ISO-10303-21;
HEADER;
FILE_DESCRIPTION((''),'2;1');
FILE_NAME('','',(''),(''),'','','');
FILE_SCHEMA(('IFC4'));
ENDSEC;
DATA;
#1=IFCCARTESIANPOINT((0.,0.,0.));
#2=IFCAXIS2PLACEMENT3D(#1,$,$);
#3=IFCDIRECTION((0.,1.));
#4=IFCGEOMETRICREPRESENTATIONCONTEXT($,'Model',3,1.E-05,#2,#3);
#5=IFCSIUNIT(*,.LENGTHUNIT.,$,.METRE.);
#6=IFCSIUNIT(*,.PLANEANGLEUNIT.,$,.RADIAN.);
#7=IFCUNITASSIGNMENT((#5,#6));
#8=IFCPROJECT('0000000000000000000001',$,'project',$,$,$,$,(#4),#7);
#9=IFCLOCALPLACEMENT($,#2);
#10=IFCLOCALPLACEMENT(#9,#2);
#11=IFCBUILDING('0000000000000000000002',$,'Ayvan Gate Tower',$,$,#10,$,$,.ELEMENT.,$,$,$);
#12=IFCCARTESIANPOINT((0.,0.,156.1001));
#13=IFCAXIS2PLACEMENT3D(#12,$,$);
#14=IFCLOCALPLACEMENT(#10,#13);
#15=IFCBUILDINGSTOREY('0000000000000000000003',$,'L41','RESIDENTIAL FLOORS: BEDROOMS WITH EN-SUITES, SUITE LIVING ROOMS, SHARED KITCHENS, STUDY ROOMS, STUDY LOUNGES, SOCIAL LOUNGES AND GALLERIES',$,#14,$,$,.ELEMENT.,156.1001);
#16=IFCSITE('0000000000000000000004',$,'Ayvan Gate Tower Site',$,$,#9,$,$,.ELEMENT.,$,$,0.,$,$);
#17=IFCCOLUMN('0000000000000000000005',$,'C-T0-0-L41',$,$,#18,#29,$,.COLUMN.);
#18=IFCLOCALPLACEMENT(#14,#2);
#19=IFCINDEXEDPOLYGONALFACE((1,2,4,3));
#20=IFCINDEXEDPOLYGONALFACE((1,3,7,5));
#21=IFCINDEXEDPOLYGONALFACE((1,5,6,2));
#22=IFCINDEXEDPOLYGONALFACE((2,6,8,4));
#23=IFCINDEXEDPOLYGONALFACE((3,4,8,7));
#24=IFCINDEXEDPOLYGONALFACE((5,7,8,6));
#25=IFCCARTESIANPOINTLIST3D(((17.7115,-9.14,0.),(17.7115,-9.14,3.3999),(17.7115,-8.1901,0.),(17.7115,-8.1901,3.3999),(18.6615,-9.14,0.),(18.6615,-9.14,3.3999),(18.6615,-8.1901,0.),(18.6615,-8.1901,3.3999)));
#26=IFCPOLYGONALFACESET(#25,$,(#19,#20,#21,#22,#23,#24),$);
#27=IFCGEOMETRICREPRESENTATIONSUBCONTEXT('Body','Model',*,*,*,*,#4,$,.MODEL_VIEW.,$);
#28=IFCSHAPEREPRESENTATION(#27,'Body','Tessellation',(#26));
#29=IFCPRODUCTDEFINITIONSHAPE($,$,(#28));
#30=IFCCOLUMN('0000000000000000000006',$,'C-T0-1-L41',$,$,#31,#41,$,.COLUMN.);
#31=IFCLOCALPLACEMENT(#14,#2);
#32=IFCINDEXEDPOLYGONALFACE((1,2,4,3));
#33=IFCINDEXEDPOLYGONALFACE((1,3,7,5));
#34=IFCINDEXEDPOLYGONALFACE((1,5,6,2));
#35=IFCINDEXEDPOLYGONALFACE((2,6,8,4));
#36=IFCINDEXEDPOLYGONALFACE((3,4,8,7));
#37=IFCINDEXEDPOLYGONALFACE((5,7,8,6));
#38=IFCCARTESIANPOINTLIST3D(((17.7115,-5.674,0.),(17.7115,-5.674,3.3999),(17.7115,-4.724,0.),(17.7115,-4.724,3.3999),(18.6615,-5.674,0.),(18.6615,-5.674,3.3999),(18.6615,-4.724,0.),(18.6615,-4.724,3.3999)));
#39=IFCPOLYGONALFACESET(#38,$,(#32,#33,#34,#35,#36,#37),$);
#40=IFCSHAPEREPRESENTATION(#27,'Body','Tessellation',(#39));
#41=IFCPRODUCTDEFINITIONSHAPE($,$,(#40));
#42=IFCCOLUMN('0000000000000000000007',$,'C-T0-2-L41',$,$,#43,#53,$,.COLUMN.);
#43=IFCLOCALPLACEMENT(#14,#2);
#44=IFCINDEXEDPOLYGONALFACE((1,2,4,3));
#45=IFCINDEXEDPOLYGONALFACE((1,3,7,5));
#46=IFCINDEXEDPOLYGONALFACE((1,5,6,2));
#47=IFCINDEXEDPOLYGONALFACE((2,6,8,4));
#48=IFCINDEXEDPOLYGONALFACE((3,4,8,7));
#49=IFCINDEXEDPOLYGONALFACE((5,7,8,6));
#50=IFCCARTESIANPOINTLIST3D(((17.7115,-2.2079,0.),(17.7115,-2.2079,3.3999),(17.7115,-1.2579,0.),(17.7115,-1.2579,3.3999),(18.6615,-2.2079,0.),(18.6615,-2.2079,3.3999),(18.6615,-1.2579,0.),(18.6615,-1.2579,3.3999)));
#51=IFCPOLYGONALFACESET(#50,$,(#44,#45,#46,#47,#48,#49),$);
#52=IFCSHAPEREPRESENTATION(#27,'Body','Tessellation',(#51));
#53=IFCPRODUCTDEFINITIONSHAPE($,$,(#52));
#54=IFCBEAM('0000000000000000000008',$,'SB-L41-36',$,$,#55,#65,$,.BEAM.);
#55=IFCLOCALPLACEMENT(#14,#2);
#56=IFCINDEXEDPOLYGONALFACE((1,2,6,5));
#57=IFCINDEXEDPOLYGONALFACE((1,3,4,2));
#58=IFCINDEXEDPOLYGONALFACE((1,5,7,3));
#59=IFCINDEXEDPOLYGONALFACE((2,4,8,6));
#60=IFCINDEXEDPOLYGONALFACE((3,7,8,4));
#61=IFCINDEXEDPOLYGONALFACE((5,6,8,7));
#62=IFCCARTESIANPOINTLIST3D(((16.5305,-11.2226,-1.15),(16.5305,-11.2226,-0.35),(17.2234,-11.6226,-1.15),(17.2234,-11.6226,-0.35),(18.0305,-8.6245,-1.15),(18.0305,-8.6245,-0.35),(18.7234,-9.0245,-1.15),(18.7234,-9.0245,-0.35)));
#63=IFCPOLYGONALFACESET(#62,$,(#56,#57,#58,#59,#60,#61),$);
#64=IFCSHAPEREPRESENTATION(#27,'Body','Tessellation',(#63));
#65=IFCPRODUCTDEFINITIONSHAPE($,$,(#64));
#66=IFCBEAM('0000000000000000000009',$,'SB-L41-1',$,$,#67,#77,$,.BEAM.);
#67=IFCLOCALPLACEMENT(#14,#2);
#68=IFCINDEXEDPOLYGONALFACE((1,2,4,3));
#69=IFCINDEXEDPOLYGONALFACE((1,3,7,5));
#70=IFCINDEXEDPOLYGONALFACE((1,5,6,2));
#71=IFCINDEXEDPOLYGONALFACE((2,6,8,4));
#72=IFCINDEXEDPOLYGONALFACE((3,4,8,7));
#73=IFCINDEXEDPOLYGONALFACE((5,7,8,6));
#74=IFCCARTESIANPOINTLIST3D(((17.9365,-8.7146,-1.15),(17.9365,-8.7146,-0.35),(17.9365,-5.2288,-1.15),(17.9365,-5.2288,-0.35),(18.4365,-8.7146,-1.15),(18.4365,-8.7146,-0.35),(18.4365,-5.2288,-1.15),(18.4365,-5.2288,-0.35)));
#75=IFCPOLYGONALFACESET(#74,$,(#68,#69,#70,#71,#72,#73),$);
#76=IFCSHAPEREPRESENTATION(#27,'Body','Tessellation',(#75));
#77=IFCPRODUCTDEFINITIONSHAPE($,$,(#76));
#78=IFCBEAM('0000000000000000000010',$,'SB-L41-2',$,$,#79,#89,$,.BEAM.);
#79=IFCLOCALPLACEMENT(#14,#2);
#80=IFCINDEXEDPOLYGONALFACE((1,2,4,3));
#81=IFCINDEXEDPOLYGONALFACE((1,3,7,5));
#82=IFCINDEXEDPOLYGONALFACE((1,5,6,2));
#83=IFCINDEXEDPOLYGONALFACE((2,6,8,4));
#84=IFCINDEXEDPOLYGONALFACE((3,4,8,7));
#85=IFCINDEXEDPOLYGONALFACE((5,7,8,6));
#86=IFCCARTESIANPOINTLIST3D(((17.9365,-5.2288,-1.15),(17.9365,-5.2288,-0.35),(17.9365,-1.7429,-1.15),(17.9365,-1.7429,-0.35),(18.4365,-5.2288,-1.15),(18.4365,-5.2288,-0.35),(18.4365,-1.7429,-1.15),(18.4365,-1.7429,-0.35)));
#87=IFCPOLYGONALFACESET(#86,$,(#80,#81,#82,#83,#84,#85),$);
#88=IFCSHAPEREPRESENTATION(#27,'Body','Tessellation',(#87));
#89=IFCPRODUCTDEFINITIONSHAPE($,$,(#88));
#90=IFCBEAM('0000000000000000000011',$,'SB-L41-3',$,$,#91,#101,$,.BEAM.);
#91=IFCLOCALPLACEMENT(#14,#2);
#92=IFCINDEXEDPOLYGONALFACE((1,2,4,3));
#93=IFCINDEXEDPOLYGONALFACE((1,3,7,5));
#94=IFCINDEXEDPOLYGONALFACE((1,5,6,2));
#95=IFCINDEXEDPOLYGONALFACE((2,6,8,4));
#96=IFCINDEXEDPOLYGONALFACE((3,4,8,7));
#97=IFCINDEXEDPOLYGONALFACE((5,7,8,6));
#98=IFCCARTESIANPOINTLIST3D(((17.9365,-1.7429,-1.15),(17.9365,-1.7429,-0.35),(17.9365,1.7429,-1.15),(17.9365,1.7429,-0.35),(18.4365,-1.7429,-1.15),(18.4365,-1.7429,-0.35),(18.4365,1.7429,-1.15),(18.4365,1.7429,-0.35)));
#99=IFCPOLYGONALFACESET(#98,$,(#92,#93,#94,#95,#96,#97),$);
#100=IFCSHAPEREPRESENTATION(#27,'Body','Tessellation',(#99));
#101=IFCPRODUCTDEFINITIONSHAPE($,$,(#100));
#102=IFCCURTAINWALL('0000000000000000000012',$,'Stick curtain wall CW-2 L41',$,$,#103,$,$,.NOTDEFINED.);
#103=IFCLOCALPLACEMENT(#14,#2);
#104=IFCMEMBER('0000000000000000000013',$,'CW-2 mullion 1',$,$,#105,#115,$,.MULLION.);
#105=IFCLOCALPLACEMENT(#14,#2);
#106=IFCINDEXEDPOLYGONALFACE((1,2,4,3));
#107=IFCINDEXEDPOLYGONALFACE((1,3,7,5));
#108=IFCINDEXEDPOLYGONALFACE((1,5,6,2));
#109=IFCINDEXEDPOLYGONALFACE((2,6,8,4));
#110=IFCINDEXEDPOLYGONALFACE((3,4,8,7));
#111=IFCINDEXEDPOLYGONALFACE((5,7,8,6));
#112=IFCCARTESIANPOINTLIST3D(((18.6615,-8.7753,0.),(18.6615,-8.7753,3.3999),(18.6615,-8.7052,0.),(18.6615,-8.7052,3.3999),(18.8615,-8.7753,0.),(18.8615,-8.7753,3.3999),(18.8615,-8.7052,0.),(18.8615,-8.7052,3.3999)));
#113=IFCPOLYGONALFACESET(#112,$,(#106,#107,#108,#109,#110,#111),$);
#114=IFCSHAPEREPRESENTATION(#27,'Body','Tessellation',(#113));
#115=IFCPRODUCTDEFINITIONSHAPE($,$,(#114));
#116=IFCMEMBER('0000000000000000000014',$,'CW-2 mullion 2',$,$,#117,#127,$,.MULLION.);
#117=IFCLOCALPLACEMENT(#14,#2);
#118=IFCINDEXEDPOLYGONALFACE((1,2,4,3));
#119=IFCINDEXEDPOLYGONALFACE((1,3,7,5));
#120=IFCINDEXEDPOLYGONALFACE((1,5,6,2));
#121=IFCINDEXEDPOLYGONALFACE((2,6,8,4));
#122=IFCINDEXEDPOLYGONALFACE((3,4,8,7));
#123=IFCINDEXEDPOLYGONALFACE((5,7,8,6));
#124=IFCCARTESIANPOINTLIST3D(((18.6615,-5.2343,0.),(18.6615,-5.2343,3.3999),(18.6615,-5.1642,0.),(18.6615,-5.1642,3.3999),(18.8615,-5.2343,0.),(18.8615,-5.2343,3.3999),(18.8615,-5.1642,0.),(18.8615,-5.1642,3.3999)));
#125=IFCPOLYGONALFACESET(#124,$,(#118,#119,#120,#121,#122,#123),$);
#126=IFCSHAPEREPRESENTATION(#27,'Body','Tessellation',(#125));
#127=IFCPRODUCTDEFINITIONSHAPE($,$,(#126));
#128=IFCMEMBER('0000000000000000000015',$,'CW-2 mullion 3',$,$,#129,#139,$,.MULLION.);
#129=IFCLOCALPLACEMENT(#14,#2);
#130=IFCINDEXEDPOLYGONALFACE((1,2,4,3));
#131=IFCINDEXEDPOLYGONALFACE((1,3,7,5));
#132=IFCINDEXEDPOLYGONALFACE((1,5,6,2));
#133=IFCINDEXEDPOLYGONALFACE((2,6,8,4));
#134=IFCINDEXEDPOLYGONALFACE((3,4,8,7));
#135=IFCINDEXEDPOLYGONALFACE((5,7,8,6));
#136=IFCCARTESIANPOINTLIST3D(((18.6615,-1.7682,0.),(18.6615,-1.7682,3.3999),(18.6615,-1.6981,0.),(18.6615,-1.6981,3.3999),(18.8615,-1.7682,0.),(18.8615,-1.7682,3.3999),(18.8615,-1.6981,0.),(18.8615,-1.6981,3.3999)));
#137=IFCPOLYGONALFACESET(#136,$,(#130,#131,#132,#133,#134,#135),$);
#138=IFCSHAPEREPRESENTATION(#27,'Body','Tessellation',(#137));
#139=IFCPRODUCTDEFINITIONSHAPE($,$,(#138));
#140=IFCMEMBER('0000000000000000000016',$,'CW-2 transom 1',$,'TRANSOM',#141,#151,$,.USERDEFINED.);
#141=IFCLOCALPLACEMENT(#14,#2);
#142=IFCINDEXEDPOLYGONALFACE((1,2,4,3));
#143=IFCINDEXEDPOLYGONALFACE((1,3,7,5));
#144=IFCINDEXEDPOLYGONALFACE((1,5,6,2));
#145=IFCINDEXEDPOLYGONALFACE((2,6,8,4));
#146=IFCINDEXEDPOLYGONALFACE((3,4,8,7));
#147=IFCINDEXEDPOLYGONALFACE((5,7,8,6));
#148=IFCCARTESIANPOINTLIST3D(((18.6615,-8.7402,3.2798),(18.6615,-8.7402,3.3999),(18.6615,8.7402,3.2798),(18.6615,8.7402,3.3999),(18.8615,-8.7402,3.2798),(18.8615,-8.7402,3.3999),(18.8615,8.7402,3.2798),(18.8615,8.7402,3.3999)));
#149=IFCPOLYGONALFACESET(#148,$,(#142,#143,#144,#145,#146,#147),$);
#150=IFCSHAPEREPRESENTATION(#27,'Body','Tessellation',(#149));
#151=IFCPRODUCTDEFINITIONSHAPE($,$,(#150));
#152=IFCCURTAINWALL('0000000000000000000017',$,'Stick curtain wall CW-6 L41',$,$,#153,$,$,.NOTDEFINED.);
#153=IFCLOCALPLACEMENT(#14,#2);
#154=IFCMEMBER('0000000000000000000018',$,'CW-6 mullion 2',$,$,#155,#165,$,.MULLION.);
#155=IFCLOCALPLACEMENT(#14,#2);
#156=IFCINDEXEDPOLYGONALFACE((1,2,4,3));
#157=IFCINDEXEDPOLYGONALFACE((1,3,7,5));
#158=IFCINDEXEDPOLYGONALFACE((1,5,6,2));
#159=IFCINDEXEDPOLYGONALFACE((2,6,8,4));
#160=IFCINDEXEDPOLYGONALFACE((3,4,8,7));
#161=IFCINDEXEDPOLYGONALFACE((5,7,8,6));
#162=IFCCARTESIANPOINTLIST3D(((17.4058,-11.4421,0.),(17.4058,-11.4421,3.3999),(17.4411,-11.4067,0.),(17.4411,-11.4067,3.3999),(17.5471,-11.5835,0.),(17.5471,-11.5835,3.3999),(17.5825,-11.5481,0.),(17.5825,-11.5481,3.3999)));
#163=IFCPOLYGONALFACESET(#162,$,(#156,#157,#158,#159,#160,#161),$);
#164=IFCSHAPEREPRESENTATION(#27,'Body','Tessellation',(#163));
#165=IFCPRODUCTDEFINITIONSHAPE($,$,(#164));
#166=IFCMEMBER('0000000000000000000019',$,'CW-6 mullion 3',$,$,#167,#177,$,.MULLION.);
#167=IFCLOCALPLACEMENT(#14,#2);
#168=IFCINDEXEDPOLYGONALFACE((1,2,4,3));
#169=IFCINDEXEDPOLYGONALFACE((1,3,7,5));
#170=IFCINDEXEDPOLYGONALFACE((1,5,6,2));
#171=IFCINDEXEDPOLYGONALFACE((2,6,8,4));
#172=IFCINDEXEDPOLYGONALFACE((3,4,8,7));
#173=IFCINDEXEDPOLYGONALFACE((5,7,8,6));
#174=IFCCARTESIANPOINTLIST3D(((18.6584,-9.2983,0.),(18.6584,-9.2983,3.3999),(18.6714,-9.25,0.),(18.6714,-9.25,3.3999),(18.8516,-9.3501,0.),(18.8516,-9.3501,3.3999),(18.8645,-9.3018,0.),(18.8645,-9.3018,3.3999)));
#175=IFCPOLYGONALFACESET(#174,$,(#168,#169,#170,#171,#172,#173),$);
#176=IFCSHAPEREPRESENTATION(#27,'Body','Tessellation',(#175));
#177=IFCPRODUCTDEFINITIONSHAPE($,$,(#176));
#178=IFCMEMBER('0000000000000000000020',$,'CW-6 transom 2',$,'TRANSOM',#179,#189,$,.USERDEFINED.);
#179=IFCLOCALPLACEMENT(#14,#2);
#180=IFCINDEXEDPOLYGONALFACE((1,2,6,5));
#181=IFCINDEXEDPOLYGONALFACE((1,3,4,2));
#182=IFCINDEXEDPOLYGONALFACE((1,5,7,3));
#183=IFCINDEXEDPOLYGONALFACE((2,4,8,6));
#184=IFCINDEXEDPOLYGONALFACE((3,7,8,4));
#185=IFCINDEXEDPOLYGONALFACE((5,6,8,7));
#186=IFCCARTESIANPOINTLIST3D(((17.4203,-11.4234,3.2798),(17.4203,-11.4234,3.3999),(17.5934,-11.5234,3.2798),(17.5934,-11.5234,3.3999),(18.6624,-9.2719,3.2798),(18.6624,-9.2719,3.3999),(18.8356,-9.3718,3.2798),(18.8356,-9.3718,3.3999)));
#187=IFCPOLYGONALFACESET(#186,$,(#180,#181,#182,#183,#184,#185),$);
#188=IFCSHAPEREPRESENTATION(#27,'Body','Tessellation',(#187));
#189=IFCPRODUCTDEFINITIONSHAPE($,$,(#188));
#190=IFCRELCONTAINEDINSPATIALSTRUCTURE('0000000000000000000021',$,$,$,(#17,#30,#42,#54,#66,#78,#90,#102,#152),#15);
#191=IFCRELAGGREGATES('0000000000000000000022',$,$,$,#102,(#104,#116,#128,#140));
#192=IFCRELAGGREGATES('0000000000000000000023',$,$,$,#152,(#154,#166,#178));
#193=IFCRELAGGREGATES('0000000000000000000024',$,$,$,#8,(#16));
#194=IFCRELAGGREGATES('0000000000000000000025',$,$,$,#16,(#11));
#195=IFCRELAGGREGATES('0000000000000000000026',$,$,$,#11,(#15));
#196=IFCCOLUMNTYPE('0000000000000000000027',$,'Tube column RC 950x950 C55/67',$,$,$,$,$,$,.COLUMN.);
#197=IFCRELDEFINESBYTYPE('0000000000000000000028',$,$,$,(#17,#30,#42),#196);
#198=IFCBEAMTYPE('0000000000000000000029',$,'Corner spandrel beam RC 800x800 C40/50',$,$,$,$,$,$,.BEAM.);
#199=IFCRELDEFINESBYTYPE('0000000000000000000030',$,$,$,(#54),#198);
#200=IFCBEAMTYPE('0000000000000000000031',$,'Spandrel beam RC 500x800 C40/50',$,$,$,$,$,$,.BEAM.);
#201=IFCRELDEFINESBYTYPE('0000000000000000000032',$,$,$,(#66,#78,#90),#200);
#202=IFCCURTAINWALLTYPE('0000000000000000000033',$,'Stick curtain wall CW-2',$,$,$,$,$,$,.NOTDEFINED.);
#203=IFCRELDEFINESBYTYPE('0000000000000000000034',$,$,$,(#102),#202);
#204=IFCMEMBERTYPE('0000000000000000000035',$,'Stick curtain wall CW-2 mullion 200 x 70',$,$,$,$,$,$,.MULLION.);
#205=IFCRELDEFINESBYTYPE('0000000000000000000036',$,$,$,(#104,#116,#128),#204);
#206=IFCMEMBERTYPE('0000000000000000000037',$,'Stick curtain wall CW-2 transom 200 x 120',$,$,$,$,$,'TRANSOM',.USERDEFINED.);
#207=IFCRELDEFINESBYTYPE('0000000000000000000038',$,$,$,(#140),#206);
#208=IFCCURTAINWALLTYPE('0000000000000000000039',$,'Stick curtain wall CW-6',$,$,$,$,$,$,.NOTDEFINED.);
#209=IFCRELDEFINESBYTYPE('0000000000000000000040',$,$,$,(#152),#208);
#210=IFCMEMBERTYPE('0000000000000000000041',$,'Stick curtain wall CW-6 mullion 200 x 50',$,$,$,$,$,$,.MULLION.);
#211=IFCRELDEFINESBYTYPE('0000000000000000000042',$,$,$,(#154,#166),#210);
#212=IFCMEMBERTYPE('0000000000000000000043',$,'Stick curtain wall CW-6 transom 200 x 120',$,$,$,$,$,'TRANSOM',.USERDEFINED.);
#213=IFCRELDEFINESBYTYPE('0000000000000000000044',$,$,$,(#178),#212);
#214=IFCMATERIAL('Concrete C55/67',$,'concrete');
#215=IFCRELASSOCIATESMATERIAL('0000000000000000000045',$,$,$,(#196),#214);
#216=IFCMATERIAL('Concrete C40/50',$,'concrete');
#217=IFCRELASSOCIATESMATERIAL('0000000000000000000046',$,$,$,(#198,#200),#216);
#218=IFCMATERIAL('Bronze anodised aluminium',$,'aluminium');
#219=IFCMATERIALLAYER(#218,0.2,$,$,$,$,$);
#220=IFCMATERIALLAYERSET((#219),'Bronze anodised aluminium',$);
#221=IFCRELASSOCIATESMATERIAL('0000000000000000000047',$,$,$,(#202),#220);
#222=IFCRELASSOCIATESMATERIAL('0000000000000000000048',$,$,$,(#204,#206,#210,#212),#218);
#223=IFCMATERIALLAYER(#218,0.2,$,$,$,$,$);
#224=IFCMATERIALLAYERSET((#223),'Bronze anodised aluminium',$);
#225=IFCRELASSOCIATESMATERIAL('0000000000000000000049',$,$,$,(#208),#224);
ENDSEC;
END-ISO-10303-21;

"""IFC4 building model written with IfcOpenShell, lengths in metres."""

from ifc_helpers import new_model, si_unit, direction, frame, origin, origin_2d, place, context, subcontext, project, spatial, rectangle, extrude, material, layer, layer_set, material_profile, profile_set, type_object, element, aggregate, save


model = new_model("IFC4")

# Units and contexts
model_context = context("Model", 3, precision=1e-05, world=origin(), true_north=direction((0.0, 1.0)))
body_context = subcontext(model_context, "Body", "Model", "MODEL_VIEW")
ifc_project = project(units=[si_unit("LENGTHUNIT", "METRE"), si_unit("PLANEANGLEUNIT", "RADIAN")], contexts=[model_context])

# Site, building, storey
site_placement = place(None, origin())
site = spatial("IfcSite", under=ifc_project, at=site_placement, Name="Ayvan Gate Tower Site", CompositionType="ELEMENT", RefElevation=0.0)
building_placement = place(site_placement, origin())
building = spatial("IfcBuilding", under=site, at=building_placement, Name="Ayvan Gate Tower", CompositionType="ELEMENT")
storey_placement = place(building_placement, frame((0.0, 0.0, 156.1001)))
storey = spatial("IfcBuildingStorey", under=building, at=storey_placement, Name="L41", Description="RESIDENTIAL FLOORS: BEDROOMS WITH EN-SUITES, SUITE LIVING ROOMS, SHARED KITCHENS, STUDY ROOMS, STUDY LOUNGES, SOCIAL LOUNGES AND GALLERIES", CompositionType="ELEMENT", Elevation=156.1001)

# Columns
ifc_material_1 = material(Name="Concrete C55/67", Category="concrete")
ifc_material_profile_1 = material_profile(ifc_material_1, rectangle(XDim=0.95, YDim=0.95, at=origin_2d()), Name="RC 950x950")
ifc_profile_set_1 = profile_set([ifc_material_profile_1], Name="Concrete C55/67")
column_type = type_object("IfcColumnType", Name="Tube column RC 950x950 C55/67", PredefinedType="COLUMN", material=ifc_profile_set_1)
for number, where, z_axis, x_axis, name in (
    (1, (18.1865, -8.665, 0.0), (0.0, 0.0, 1.0), (1.0, 0.0, 0.0), "C-T0-0-L41"),
    (2, (18.1865, -5.199, 0.0), (0.0, 0.0, 1.0), (1.0, 0.0, 0.0), "C-T0-1-L41"),
    (3, (18.1865, -1.7329, 0.0), (0.0, 0.0, 1.0), (1.0, 0.0, 0.0), "C-T0-2-L41"),
):
    element("IfcColumn", number, at=place(storey_placement, frame(where, z_axis=z_axis, x_axis=x_axis)), inside=storey, type_object=column_type, Name=name, PredefinedType="COLUMN", context=body_context, shape_type="SweptSolid", body=[
        extrude(rectangle(XDim=0.95, YDim=0.95, at=origin_2d()), origin(), (0.0, 0.0, 1.0), 3.3999),
    ])

# Beams
ifc_material_2 = material(Name="Concrete C40/50", Category="concrete")
ifc_material_profile_2 = material_profile(ifc_material_2, rectangle(XDim=0.8, YDim=0.8, at=origin_2d()), Name="RC 800x800")
ifc_profile_set_2 = profile_set([ifc_material_profile_2], Name="Concrete C40/50")
beam_type_1 = type_object("IfcBeamType", Name="Corner spandrel beam RC 800x800 C40/50", PredefinedType="BEAM", material=ifc_profile_set_2)
beam_placement = place(storey_placement, frame((16.877, -11.4226, -0.75), z_axis=(0.49999, 0.866031, 0.0), x_axis=(-0.866031, 0.49999, 0.0)))
element("IfcBeam", 4, at=beam_placement, inside=storey, type_object=beam_type_1, Name="SB-L41-36", PredefinedType="BEAM", context=body_context, shape_type="SweptSolid", body=[
    extrude(rectangle(XDim=0.8, YDim=0.8, at=origin_2d()), origin(), (0.0, 0.0, 1.0), 3.0),
])
ifc_material_profile_3 = material_profile(ifc_material_2, rectangle(XDim=0.5, YDim=0.8, at=origin_2d()), Name="RC 500x800")
ifc_profile_set_3 = profile_set([ifc_material_profile_3], Name="Concrete C40/50")
beam_type_2 = type_object("IfcBeamType", Name="Spandrel beam RC 500x800 C40/50", PredefinedType="BEAM", material=ifc_profile_set_3)
for number, where, z_axis, x_axis, name in (
    (5, (18.1865, -8.7146, -0.75), (0.0, 1.0, 0.0), (-1.0, 0.0, 0.0), "SB-L41-1"),
    (6, (18.1865, -5.2288, -0.75), (0.0, 1.0, 0.0), (-1.0, 0.0, 0.0), "SB-L41-2"),
    (7, (18.1865, -1.7429, -0.75), (0.0, 1.0, 0.0), (-1.0, 0.0, 0.0), "SB-L41-3"),
):
    element("IfcBeam", number, at=place(storey_placement, frame(where, z_axis=z_axis, x_axis=x_axis)), inside=storey, type_object=beam_type_2, Name=name, PredefinedType="BEAM", context=body_context, shape_type="SweptSolid", body=[
        extrude(rectangle(XDim=0.5, YDim=0.8, at=origin_2d()), origin(), (0.0, 0.0, 1.0), 3.4858),
    ])

# Curtain walls, members
ifc_material_3 = material(Name="Bronze anodised aluminium", Category="aluminium")
ifc_layer_1 = layer(ifc_material_3, 0.2)
ifc_layer_set_1 = layer_set([ifc_layer_1], Name="Bronze anodised aluminium")
curtain_wall_type_1 = type_object("IfcCurtainWallType", Name="Stick curtain wall CW-2", PredefinedType="NOTDEFINED", material=ifc_layer_set_1)
curtain_wall_1_placement = place(storey_placement, origin())
curtain_wall_1 = element("IfcCurtainWall", 8, at=curtain_wall_1_placement, inside=storey, type_object=curtain_wall_type_1, Name="Stick curtain wall CW-2 L41", PredefinedType="NOTDEFINED")
ifc_material_profile_4 = material_profile(ifc_material_3, rectangle(XDim=0.2, YDim=0.0701, at=origin_2d()), Name="Stick curtain wall CW-2 mullion 200 x 70")
ifc_profile_set_4 = profile_set([ifc_material_profile_4], Name="Bronze anodised aluminium")
member_type_1 = type_object("IfcMemberType", Name="Stick curtain wall CW-2 mullion 200 x 70", PredefinedType="MULLION", material=ifc_profile_set_4)
member_1_placement = place(storey_placement, frame((18.7615, -8.7402, 0.0), z_axis=(0.0, 0.0, 1.0), x_axis=(1.0, 0.0, 0.0)))
member_1 = element("IfcMember", 9, at=member_1_placement, type_object=member_type_1, Name="CW-2 mullion 1", PredefinedType="MULLION", context=body_context, shape_type="SweptSolid", body=[
    extrude(rectangle(XDim=0.2, YDim=0.0701, at=origin_2d()), origin(), (0.0, 0.0, 1.0), 3.3999),
])
member_2_placement = place(storey_placement, frame((18.7615, -5.1992, 0.0), z_axis=(0.0, 0.0, 1.0), x_axis=(1.0, 0.0, 0.0)))
member_2 = element("IfcMember", 10, at=member_2_placement, type_object=member_type_1, Name="CW-2 mullion 2", PredefinedType="MULLION", context=body_context, shape_type="SweptSolid", body=[
    extrude(rectangle(XDim=0.2, YDim=0.0701, at=origin_2d()), origin(), (0.0, 0.0, 1.0), 3.3999),
])
member_3_placement = place(storey_placement, frame((18.7615, -1.7332, 0.0), z_axis=(0.0, 0.0, 1.0), x_axis=(1.0, 0.0, 0.0)))
member_3 = element("IfcMember", 11, at=member_3_placement, type_object=member_type_1, Name="CW-2 mullion 3", PredefinedType="MULLION", context=body_context, shape_type="SweptSolid", body=[
    extrude(rectangle(XDim=0.2, YDim=0.0701, at=origin_2d()), origin(), (0.0, 0.0, 1.0), 3.3999),
])
ifc_material_profile_5 = material_profile(ifc_material_3, rectangle(XDim=0.2, YDim=0.1201, at=origin_2d()), Name="Stick curtain wall CW-2 transom 200 x 120")
ifc_profile_set_5 = profile_set([ifc_material_profile_5], Name="Bronze anodised aluminium")
member_type_2 = type_object("IfcMemberType", Name="Stick curtain wall CW-2 transom 200 x 120", ElementType="TRANSOM", PredefinedType="USERDEFINED", material=ifc_profile_set_5)
member_4_placement = place(storey_placement, frame((18.7615, -8.7402, 3.3398), z_axis=(0.0, 1.0, 0.0), x_axis=(-1.0, 0.0, 0.0)))
member_4 = element("IfcMember", 12, at=member_4_placement, type_object=member_type_2, Name="CW-2 transom 1", ObjectType="TRANSOM", PredefinedType="USERDEFINED", context=body_context, shape_type="SweptSolid", body=[
    extrude(rectangle(XDim=0.2, YDim=0.1201, at=origin_2d()), origin(), (0.0, 0.0, 1.0), 17.4805),
])
ifc_layer_2 = layer(ifc_material_3, 0.2)
ifc_layer_set_2 = layer_set([ifc_layer_2], Name="Bronze anodised aluminium")
curtain_wall_type_2 = type_object("IfcCurtainWallType", Name="Stick curtain wall CW-6", PredefinedType="NOTDEFINED", material=ifc_layer_set_2)
curtain_wall_2_placement = place(storey_placement, origin())
curtain_wall_2 = element("IfcCurtainWall", 13, at=curtain_wall_2_placement, inside=storey, type_object=curtain_wall_type_2, Name="Stick curtain wall CW-6 L41", PredefinedType="NOTDEFINED")
ifc_material_profile_6 = material_profile(ifc_material_3, rectangle(XDim=0.2, YDim=0.05, at=origin_2d()), Name="Stick curtain wall CW-6 mullion 200 x 50")
ifc_profile_set_6 = profile_set([ifc_material_profile_6], Name="Bronze anodised aluminium")
member_type_3 = type_object("IfcMemberType", Name="Stick curtain wall CW-6 mullion 200 x 50", PredefinedType="MULLION", material=ifc_profile_set_6)
member_5_placement = place(storey_placement, frame((17.4941, -11.4951, 0.0), z_axis=(0.0, 0.0, 1.0), x_axis=(0.707107, -0.707107, 0.0)))
member_5 = element("IfcMember", 14, at=member_5_placement, type_object=member_type_3, Name="CW-6 mullion 2", PredefinedType="MULLION", context=body_context, shape_type="SweptSolid", body=[
    extrude(rectangle(XDim=0.2, YDim=0.05, at=origin_2d()), origin(), (0.0, 0.0, 1.0), 3.3999),
])
member_6_placement = place(storey_placement, frame((18.7615, -9.3, 0.0), z_axis=(0.0, 0.0, 1.0), x_axis=(0.965926, -0.258819, 0.0)))
member_6 = element("IfcMember", 15, at=member_6_placement, type_object=member_type_3, Name="CW-6 mullion 3", PredefinedType="MULLION", context=body_context, shape_type="SweptSolid", body=[
    extrude(rectangle(XDim=0.2, YDim=0.05, at=origin_2d()), origin(), (0.0, 0.0, 1.0), 3.3999),
])
ifc_material_profile_7 = material_profile(ifc_material_3, rectangle(XDim=0.2, YDim=0.1201, at=origin_2d()), Name="Stick curtain wall CW-6 transom 200 x 120")
ifc_profile_set_7 = profile_set([ifc_material_profile_7], Name="Bronze anodised aluminium")
member_type_4 = type_object("IfcMemberType", Name="Stick curtain wall CW-6 transom 200 x 120", ElementType="TRANSOM", PredefinedType="USERDEFINED", material=ifc_profile_set_7)
member_7_placement = place(storey_placement, frame((17.5068, -11.4734, 3.3398), z_axis=(0.499986, 0.866033, 0.0), x_axis=(-0.866033, 0.499986, 0.0)))
member_7 = element("IfcMember", 16, at=member_7_placement, type_object=member_type_4, Name="CW-6 transom 2", ObjectType="TRANSOM", PredefinedType="USERDEFINED", context=body_context, shape_type="SweptSolid", body=[
    extrude(rectangle(XDim=0.2, YDim=0.1201, at=origin_2d()), origin(), (0.0, 0.0, 1.0), 2.4844),
])

aggregate(curtain_wall_1, [member_1, member_2, member_3, member_4])
aggregate(curtain_wall_2, [member_5, member_6, member_7])

save(model, "model.ifc")
